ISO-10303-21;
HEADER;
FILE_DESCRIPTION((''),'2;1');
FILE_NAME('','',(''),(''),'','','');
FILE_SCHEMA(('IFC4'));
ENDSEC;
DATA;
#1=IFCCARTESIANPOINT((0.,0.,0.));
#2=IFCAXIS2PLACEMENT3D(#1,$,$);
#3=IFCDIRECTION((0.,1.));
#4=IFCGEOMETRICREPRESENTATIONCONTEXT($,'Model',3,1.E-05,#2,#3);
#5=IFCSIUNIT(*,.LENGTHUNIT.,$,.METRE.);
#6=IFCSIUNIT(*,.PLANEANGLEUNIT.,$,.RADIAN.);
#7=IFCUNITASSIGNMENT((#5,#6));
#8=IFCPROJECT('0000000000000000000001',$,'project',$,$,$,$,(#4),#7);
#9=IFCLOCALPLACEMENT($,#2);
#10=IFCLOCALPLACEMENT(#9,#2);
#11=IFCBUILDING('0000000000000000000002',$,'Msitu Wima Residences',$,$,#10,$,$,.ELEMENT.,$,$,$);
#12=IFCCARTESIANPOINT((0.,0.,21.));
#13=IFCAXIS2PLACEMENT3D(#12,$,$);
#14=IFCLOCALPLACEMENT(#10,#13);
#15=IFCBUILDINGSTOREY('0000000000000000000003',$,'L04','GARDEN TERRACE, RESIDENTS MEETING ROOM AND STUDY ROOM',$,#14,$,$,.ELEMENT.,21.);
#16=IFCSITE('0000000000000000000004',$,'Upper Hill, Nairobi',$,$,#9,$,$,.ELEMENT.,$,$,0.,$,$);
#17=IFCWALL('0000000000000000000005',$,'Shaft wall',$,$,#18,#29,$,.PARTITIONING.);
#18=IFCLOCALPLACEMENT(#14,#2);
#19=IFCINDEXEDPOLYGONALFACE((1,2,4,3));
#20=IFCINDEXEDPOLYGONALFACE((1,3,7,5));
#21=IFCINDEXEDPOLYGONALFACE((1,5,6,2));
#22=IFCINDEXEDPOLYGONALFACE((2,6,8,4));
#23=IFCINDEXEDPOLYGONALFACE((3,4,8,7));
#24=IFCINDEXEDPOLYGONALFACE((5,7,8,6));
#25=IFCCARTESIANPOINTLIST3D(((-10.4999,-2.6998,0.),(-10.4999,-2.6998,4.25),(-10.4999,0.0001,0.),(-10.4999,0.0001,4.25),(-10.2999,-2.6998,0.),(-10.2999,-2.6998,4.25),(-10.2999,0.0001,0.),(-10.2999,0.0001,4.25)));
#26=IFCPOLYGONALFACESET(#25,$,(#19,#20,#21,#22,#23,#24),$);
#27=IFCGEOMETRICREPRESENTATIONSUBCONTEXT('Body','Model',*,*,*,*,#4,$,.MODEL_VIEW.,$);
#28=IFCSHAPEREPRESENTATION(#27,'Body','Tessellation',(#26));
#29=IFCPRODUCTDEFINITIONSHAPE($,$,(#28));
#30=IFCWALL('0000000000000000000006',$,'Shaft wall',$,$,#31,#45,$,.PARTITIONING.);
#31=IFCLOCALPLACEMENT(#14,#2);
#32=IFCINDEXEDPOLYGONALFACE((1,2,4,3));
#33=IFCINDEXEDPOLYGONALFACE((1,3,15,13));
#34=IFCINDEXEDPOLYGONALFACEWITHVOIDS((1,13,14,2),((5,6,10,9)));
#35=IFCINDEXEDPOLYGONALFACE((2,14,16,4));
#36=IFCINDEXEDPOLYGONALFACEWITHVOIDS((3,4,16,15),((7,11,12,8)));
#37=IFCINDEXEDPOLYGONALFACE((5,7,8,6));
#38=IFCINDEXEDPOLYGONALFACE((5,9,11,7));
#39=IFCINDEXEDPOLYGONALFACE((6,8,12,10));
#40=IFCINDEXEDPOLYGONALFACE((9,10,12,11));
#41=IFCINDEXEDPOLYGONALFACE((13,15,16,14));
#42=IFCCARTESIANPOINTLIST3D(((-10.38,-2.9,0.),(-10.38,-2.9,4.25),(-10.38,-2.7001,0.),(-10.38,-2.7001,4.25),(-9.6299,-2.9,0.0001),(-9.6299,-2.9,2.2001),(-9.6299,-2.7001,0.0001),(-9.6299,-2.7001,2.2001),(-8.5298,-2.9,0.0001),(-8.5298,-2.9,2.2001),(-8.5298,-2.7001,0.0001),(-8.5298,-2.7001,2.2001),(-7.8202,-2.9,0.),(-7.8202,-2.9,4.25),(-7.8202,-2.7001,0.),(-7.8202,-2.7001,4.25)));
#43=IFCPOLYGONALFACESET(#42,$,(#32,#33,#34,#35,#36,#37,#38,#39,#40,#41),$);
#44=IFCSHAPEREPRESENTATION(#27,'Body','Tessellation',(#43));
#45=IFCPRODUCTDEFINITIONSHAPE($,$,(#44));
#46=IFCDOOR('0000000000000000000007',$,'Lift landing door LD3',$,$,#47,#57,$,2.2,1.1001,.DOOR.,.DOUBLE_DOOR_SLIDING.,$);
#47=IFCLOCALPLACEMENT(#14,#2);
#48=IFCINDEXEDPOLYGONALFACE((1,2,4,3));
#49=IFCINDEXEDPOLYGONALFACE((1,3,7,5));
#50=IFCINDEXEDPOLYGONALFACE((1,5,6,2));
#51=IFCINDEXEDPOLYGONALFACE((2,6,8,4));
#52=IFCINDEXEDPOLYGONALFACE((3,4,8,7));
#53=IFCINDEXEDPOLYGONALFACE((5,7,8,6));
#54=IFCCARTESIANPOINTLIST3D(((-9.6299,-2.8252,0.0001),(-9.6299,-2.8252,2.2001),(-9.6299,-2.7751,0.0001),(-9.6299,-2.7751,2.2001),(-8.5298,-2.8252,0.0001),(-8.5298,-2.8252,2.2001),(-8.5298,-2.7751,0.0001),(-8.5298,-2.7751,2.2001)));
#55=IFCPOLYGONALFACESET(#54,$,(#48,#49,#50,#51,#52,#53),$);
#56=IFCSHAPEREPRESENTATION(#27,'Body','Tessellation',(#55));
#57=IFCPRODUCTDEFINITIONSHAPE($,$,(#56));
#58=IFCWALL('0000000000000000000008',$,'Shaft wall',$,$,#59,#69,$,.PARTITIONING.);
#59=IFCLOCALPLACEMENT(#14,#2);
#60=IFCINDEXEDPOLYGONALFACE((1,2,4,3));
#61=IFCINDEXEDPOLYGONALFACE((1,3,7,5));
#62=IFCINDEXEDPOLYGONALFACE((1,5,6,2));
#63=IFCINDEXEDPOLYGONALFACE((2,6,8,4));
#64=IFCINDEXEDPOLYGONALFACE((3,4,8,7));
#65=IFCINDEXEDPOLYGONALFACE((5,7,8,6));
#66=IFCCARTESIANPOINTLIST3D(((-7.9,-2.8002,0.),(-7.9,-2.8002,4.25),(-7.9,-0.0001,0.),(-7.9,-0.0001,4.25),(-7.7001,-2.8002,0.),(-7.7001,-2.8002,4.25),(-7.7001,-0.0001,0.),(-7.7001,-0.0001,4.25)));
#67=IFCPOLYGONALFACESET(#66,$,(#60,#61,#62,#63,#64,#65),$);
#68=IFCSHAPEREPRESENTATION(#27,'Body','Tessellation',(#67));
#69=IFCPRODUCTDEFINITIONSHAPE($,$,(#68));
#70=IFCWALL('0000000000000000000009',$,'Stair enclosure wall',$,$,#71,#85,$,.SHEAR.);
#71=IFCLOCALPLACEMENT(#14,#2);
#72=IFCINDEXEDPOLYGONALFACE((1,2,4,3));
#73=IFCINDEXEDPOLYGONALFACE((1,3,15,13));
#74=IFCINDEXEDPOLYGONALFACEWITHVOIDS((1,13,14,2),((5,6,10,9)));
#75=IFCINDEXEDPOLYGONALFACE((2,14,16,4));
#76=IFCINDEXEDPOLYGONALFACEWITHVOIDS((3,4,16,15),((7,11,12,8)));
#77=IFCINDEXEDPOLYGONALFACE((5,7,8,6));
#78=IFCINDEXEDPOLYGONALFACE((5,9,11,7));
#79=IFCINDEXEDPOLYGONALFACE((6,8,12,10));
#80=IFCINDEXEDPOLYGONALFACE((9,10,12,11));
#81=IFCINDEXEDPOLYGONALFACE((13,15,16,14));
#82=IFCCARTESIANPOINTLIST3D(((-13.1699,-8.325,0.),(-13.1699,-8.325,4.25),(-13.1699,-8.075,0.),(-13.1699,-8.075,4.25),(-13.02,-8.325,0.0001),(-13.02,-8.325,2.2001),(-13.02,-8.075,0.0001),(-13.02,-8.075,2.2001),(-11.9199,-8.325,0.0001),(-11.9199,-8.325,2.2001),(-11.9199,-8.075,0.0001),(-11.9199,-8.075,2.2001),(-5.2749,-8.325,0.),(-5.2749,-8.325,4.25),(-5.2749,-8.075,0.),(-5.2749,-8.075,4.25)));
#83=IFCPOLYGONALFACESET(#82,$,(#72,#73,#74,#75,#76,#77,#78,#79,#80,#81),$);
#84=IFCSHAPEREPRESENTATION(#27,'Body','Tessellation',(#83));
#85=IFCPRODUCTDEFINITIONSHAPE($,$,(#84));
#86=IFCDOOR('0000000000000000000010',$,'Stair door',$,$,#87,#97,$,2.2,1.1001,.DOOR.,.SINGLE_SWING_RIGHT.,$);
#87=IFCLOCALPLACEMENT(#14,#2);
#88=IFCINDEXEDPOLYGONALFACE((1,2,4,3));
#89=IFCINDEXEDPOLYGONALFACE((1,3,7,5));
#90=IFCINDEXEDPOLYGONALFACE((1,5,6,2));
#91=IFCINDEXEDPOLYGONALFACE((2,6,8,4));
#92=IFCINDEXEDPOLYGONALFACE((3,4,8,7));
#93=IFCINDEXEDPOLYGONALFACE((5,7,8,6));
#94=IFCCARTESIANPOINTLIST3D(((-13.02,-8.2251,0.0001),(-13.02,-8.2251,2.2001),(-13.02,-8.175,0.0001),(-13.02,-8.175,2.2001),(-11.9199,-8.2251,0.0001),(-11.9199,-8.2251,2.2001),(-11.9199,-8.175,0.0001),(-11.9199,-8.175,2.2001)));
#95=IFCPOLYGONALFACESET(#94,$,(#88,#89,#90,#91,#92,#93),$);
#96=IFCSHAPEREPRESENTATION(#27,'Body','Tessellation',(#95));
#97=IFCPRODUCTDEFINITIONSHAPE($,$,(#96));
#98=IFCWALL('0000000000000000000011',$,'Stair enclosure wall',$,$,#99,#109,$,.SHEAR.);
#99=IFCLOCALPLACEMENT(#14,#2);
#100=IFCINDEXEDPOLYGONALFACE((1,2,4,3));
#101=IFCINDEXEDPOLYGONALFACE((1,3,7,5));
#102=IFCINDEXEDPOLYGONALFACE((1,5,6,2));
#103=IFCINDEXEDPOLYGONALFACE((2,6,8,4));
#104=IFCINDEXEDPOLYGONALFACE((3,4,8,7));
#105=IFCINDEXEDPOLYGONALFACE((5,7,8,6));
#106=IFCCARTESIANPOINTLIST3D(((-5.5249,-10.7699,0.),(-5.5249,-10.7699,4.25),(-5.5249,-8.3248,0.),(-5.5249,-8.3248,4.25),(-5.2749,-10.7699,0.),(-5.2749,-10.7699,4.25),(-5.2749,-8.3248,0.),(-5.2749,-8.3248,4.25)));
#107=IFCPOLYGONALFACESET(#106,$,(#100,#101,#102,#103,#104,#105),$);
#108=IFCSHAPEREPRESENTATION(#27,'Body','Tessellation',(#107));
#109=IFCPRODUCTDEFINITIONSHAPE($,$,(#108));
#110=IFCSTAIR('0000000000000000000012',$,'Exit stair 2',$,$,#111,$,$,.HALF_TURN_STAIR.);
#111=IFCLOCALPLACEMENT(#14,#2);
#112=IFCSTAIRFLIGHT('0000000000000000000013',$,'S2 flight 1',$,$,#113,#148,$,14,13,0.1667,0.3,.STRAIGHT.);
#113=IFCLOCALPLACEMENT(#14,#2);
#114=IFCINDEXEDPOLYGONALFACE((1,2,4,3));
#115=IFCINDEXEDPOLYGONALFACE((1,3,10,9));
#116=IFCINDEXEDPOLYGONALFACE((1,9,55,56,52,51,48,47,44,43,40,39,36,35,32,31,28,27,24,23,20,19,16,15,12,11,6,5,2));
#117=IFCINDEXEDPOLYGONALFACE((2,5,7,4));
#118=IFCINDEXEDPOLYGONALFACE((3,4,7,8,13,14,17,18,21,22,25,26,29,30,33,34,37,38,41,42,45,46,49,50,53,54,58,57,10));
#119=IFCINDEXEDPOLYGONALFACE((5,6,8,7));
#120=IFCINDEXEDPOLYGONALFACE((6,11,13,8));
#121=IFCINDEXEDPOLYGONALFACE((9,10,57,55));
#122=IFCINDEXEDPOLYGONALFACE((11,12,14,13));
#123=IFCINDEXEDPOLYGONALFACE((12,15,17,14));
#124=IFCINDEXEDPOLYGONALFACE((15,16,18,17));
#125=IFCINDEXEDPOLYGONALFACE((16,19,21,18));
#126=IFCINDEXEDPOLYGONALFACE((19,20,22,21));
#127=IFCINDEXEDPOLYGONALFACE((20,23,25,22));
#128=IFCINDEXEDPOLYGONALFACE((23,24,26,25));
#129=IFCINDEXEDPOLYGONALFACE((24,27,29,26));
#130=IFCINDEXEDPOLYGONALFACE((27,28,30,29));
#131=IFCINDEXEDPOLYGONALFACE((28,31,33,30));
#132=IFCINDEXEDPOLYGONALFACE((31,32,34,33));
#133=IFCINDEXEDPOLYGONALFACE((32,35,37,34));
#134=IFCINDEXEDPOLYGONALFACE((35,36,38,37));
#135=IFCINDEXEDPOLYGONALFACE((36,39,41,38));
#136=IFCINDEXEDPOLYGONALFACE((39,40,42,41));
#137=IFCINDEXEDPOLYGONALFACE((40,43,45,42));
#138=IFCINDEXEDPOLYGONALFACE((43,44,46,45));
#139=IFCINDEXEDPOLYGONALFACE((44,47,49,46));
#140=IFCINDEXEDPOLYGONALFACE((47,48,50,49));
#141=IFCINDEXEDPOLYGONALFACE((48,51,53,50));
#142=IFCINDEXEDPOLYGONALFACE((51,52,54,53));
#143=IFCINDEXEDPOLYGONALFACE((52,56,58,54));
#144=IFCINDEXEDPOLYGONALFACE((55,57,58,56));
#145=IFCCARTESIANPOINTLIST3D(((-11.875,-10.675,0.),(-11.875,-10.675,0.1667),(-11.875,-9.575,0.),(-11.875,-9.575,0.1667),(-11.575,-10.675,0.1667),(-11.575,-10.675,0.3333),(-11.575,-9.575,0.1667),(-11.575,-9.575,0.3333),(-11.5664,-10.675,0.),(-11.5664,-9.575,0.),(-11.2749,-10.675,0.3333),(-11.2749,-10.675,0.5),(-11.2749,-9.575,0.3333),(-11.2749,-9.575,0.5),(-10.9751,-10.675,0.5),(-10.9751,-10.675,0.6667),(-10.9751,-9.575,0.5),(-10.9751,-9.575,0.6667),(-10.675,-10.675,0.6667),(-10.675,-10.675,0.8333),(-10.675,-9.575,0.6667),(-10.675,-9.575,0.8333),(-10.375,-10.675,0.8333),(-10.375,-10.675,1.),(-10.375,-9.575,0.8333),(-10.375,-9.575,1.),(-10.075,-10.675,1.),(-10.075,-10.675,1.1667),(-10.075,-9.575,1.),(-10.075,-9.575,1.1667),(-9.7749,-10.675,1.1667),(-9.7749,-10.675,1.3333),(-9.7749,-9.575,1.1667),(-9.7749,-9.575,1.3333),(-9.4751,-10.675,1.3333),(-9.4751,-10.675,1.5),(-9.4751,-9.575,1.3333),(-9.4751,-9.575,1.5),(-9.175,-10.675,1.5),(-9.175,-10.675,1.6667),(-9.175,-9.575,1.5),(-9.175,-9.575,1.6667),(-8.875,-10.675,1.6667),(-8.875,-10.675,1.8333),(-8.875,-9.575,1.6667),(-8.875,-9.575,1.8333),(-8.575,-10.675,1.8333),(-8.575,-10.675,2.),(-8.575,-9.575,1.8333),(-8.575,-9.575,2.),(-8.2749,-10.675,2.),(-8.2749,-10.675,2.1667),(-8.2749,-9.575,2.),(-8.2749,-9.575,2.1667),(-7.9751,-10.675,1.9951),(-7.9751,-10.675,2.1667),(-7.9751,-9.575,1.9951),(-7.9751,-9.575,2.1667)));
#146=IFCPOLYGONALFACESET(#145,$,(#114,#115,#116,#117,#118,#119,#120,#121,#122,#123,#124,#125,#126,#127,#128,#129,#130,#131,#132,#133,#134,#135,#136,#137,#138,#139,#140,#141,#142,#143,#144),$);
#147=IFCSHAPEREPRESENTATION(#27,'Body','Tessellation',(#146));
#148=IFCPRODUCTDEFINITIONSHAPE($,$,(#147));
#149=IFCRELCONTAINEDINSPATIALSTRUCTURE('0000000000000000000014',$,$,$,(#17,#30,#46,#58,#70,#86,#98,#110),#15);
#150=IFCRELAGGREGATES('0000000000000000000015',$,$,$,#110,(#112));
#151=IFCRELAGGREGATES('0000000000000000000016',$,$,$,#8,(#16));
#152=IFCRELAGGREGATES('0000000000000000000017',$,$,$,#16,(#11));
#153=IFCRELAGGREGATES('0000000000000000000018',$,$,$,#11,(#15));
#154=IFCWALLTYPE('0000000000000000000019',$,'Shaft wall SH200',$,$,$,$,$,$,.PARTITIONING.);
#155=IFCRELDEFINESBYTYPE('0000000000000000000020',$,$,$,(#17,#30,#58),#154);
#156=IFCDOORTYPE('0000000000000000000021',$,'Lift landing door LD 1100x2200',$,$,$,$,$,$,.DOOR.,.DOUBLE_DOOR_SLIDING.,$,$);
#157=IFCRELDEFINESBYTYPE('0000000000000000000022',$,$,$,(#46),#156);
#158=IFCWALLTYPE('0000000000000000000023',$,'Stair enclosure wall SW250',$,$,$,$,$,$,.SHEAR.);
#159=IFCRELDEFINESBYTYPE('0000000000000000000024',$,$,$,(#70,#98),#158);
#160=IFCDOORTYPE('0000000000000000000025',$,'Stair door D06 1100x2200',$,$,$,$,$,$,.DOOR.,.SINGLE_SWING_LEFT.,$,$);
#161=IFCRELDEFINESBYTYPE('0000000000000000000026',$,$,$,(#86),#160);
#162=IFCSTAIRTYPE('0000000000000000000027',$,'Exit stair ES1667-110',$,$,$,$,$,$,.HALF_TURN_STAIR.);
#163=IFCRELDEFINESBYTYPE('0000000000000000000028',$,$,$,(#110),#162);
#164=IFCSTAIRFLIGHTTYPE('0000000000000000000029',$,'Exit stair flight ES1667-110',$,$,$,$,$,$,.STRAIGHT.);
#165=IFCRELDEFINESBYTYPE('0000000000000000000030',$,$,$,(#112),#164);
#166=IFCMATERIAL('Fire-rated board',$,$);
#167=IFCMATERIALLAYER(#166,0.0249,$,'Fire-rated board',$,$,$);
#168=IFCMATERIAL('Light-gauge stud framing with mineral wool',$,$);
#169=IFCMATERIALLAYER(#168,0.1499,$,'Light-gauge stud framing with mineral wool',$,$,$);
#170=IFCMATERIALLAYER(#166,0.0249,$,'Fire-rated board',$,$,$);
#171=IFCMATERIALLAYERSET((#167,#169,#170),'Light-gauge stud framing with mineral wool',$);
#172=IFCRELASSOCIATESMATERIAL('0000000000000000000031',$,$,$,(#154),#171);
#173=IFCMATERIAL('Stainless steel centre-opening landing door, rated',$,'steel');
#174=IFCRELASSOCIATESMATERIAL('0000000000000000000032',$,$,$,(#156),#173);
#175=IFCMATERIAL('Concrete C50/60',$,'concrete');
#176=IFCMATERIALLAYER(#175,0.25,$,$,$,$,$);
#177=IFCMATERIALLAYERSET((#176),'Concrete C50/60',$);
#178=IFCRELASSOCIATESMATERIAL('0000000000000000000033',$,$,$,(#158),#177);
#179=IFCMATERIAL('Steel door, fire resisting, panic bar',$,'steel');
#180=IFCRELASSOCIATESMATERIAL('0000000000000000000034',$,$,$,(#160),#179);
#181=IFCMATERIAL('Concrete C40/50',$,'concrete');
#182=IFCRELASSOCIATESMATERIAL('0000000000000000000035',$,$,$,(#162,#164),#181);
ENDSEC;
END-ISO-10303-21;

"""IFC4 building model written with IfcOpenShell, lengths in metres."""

from ifc_helpers import new_model, si_unit, direction, frame, frame_2d, origin, place, context, subcontext, project, spatial, polyline, rectangle, outline, extrude, material, layer, layer_set, type_object, element, fill, aggregate, save


model = new_model("IFC4")

# Units and contexts
model_context = context("Model", 3, precision=1e-05, world=origin(), true_north=direction((0.0, 1.0)))
body_context = subcontext(model_context, "Body", "Model", "MODEL_VIEW")
ifc_project = project(units=[si_unit("LENGTHUNIT", "METRE"), si_unit("PLANEANGLEUNIT", "RADIAN")], contexts=[model_context])

# Site, building, storey
site_placement = place(None, origin())
site = spatial("IfcSite", under=ifc_project, at=site_placement, Name="Upper Hill, Nairobi", CompositionType="ELEMENT", RefElevation=0.0)
building_placement = place(site_placement, origin())
building = spatial("IfcBuilding", under=site, at=building_placement, Name="Msitu Wima Residences", CompositionType="ELEMENT")
storey_placement = place(building_placement, frame((0.0, 0.0, 21.0)))
storey = spatial("IfcBuildingStorey", under=building, at=storey_placement, Name="L04", Description="GARDEN TERRACE, RESIDENTS MEETING ROOM AND STUDY ROOM", CompositionType="ELEMENT", Elevation=21.0)

# Shared definitions
ifc_material_1 = material(Name="Concrete C40/50", Category="concrete")

# Wall
ifc_material_2 = material(Name="Fire-rated board")
ifc_layer_1 = layer(ifc_material_2, 0.0249, Name="Fire-rated board")
ifc_material_3 = material(Name="Light-gauge stud framing with mineral wool")
ifc_layer_2 = layer(ifc_material_3, 0.1499, Name="Light-gauge stud framing with mineral wool")
ifc_layer_3 = layer(ifc_material_2, 0.0249, Name="Fire-rated board")
ifc_layer_set_1 = layer_set([ifc_layer_1, ifc_layer_2, ifc_layer_3], Name="Light-gauge stud framing with mineral wool")
wall_type_1 = type_object("IfcWallType", Name="Shaft wall SH200", PredefinedType="PARTITIONING", material=ifc_layer_set_1)
wall_1_placement = place(storey_placement, frame((-10.3999, -2.7, 0.0), z_axis=(0.0, 0.0, 1.0), x_axis=(0.0, 1.0, 0.0)))
element("IfcWall", 1, at=wall_1_placement, inside=storey, type_object=wall_type_1, Name="Shaft wall", PredefinedType="PARTITIONING", context=body_context, shape_type="SweptSolid", body=[
    extrude(rectangle(XDim=2.7, YDim=0.2, at=frame_2d((1.3501, 0.0))), origin(), (0.0, 0.0, 1.0), 4.25),
])

# Wall, opening, door
wall_2_placement = place(storey_placement, frame((-10.3799, -2.8, 0.0), z_axis=(0.0, 0.0, 1.0), x_axis=(1.0, 0.0, 0.0)))
wall_2 = element("IfcWall", 2, at=wall_2_placement, inside=storey, type_object=wall_type_1, Name="Shaft wall", PredefinedType="PARTITIONING", context=body_context, shape_type="SweptSolid", body=[
    extrude(rectangle(XDim=2.5598, YDim=0.2, at=frame_2d((1.2798, 0.0))), origin(), (0.0, 0.0, 1.0), 4.25),
])
opening_1_placement = place(wall_2_placement, frame((0.75, 0.0, 0.0)))
opening_1 = element("IfcOpeningElement", 3, at=opening_1_placement, cuts=wall_2, PredefinedType="OPENING", context=body_context, shape_type="SweptSolid", body=[
    extrude(rectangle(XDim=1.1001, YDim=2.2, at=frame_2d((0.55, 1.1001))), frame((0.0, 0.1099, 0.0), z_axis=(0.0, -1.0, 0.0), x_axis=(1.0, 0.0, 0.0)), (0.0, 0.0, 1.0), 0.22),
])
ifc_material_4 = material(Name="Stainless steel centre-opening landing door, rated", Category="steel")
door_type_1 = type_object("IfcDoorType", Name="Lift landing door LD 1100x2200", OperationType="DOUBLE_DOOR_SLIDING", PredefinedType="DOOR", material=ifc_material_4)
door_1_placement = place(opening_1_placement, origin())
door_1 = element("IfcDoor", 4, at=door_1_placement, inside=storey, type_object=door_type_1, Name="Lift landing door LD3", OperationType="DOUBLE_DOOR_SLIDING", OverallHeight=2.2, OverallWidth=1.1001, PredefinedType="DOOR", context=body_context, shape_type="SweptSolid", body=[
    extrude(rectangle(XDim=1.1001, YDim=2.2, at=frame_2d((0.55, 1.1001))), frame((0.0, 0.0249, 0.0), z_axis=(0.0, -1.0, 0.0), x_axis=(1.0, 0.0, 0.0)), (0.0, 0.0, 1.0), 0.05),
])
fill(opening_1, door_1)

# Wall
wall_3_placement = place(storey_placement, frame((-7.8, -2.8, 0.0), z_axis=(0.0, 0.0, 1.0), x_axis=(0.0, 1.0, 0.0)))
element("IfcWall", 5, at=wall_3_placement, inside=storey, type_object=wall_type_1, Name="Shaft wall", PredefinedType="PARTITIONING", context=body_context, shape_type="SweptSolid", body=[
    extrude(rectangle(XDim=2.8, YDim=0.2, at=frame_2d((1.3999, 0.0))), origin(), (0.0, 0.0, 1.0), 4.25),
])

# Wall, opening, door
ifc_material_5 = material(Name="Concrete C50/60", Category="concrete")
ifc_layer_4 = layer(ifc_material_5, 0.25)
ifc_layer_set_2 = layer_set([ifc_layer_4], Name="Concrete C50/60")
wall_type_2 = type_object("IfcWallType", Name="Stair enclosure wall SW250", PredefinedType="SHEAR", material=ifc_layer_set_2)
wall_4_placement = place(storey_placement, frame((-13.1699, -8.2, 0.0), z_axis=(0.0, 0.0, 1.0), x_axis=(1.0, 0.0, 0.0)))
wall_4 = element("IfcWall", 6, at=wall_4_placement, inside=storey, type_object=wall_type_2, Name="Stair enclosure wall", PredefinedType="SHEAR", context=body_context, shape_type="SweptSolid", body=[
    extrude(rectangle(XDim=7.895, YDim=0.25, at=frame_2d((3.9475, 0.0))), origin(), (0.0, 0.0, 1.0), 4.25),
])
opening_2_placement = place(wall_4_placement, frame((0.1499, 0.0, 0.0)))
opening_2 = element("IfcOpeningElement", 7, at=opening_2_placement, cuts=wall_4, PredefinedType="OPENING", context=body_context, shape_type="SweptSolid", body=[
    extrude(rectangle(XDim=1.1001, YDim=2.2, at=frame_2d((0.55, 1.1001))), frame((0.0, 0.135, 0.0), z_axis=(0.0, -1.0, 0.0), x_axis=(1.0, 0.0, 0.0)), (0.0, 0.0, 1.0), 0.27),
])
ifc_material_6 = material(Name="Steel door, fire resisting, panic bar", Category="steel")
door_type_2 = type_object("IfcDoorType", Name="Stair door D06 1100x2200", OperationType="SINGLE_SWING_LEFT", PredefinedType="DOOR", material=ifc_material_6)
door_2_placement = place(opening_2_placement, origin())
door_2 = element("IfcDoor", 8, at=door_2_placement, inside=storey, type_object=door_type_2, Name="Stair door", OperationType="SINGLE_SWING_RIGHT", OverallHeight=2.2, OverallWidth=1.1001, PredefinedType="DOOR", context=body_context, shape_type="SweptSolid", body=[
    extrude(rectangle(XDim=1.1001, YDim=2.2, at=frame_2d((0.55, 1.1001))), frame((0.0, 0.0249, 0.0), z_axis=(0.0, -1.0, 0.0), x_axis=(1.0, 0.0, 0.0)), (0.0, 0.0, 1.0), 0.05),
])
fill(opening_2, door_2)

# Wall
wall_5_placement = place(storey_placement, frame((-5.3999, -10.77, 0.0), z_axis=(0.0, 0.0, 1.0), x_axis=(0.0, 1.0, 0.0)))
element("IfcWall", 9, at=wall_5_placement, inside=storey, type_object=wall_type_2, Name="Stair enclosure wall", PredefinedType="SHEAR", context=body_context, shape_type="SweptSolid", body=[
    extrude(rectangle(XDim=2.4451, YDim=0.25, at=frame_2d((1.2227, 0.0))), origin(), (0.0, 0.0, 1.0), 4.25),
])

# Stair, stair flight
stair_type = type_object("IfcStairType", Name="Exit stair ES1667-110", PredefinedType="HALF_TURN_STAIR", material=ifc_material_1)
stair_placement = place(storey_placement, origin())
stair = element("IfcStair", 10, at=stair_placement, inside=storey, type_object=stair_type, Name="Exit stair 2", PredefinedType="HALF_TURN_STAIR")
stair_flight_type = type_object("IfcStairFlightType", Name="Exit stair flight ES1667-110", PredefinedType="STRAIGHT", material=ifc_material_1)
stair_flight_1_placement = place(storey_placement, frame((-11.875, -10.125, 0.0), z_axis=(0.0, 0.0, 1.0), x_axis=(1.0, 0.0, 0.0)))
stair_flight_1 = element("IfcStairFlight", 11, at=stair_flight_1_placement, type_object=stair_flight_type, Name="S2 flight 1", NumberOfRisers=14, NumberOfTreads=13, PredefinedType="STRAIGHT", RiserHeight=0.1667, TreadLength=0.3, context=body_context, shape_type="SweptSolid", body=[
    extrude(outline(polyline([(0.0, 0.0), (0.0, 0.1667), (0.3, 0.1667), (0.3, 0.3333), (0.6001, 0.3333), (0.6001, 0.5), (0.8999, 0.5), (0.8999, 0.6667), (1.2, 0.6667), (1.2, 0.8333), (1.5, 0.8333), (1.5, 1.0), (1.8, 1.0), (1.8, 1.1667), (2.1001, 1.1667), (2.1001, 1.3333), (2.3999, 1.3333), (2.3999, 1.5), (2.7, 1.5), (2.7, 1.6667), (3.0, 1.6667), (3.0, 1.8333), (3.3, 1.8333), (3.3, 2.0), (3.6001, 2.0), (3.6001, 2.1667), (3.8999, 2.1667), (3.8999, 2.3333), (3.8999, 1.9951), (0.3086, 0.0), (0.0, 0.0)])), frame((0.0, 0.55, 0.0), z_axis=(0.0, -1.0, 0.0), x_axis=(1.0, 0.0, 0.0)), (0.0, 0.0, 1.0), 1.1001),
])
aggregate(stair, [stair_flight_1])

save(model, "model.ifc")
